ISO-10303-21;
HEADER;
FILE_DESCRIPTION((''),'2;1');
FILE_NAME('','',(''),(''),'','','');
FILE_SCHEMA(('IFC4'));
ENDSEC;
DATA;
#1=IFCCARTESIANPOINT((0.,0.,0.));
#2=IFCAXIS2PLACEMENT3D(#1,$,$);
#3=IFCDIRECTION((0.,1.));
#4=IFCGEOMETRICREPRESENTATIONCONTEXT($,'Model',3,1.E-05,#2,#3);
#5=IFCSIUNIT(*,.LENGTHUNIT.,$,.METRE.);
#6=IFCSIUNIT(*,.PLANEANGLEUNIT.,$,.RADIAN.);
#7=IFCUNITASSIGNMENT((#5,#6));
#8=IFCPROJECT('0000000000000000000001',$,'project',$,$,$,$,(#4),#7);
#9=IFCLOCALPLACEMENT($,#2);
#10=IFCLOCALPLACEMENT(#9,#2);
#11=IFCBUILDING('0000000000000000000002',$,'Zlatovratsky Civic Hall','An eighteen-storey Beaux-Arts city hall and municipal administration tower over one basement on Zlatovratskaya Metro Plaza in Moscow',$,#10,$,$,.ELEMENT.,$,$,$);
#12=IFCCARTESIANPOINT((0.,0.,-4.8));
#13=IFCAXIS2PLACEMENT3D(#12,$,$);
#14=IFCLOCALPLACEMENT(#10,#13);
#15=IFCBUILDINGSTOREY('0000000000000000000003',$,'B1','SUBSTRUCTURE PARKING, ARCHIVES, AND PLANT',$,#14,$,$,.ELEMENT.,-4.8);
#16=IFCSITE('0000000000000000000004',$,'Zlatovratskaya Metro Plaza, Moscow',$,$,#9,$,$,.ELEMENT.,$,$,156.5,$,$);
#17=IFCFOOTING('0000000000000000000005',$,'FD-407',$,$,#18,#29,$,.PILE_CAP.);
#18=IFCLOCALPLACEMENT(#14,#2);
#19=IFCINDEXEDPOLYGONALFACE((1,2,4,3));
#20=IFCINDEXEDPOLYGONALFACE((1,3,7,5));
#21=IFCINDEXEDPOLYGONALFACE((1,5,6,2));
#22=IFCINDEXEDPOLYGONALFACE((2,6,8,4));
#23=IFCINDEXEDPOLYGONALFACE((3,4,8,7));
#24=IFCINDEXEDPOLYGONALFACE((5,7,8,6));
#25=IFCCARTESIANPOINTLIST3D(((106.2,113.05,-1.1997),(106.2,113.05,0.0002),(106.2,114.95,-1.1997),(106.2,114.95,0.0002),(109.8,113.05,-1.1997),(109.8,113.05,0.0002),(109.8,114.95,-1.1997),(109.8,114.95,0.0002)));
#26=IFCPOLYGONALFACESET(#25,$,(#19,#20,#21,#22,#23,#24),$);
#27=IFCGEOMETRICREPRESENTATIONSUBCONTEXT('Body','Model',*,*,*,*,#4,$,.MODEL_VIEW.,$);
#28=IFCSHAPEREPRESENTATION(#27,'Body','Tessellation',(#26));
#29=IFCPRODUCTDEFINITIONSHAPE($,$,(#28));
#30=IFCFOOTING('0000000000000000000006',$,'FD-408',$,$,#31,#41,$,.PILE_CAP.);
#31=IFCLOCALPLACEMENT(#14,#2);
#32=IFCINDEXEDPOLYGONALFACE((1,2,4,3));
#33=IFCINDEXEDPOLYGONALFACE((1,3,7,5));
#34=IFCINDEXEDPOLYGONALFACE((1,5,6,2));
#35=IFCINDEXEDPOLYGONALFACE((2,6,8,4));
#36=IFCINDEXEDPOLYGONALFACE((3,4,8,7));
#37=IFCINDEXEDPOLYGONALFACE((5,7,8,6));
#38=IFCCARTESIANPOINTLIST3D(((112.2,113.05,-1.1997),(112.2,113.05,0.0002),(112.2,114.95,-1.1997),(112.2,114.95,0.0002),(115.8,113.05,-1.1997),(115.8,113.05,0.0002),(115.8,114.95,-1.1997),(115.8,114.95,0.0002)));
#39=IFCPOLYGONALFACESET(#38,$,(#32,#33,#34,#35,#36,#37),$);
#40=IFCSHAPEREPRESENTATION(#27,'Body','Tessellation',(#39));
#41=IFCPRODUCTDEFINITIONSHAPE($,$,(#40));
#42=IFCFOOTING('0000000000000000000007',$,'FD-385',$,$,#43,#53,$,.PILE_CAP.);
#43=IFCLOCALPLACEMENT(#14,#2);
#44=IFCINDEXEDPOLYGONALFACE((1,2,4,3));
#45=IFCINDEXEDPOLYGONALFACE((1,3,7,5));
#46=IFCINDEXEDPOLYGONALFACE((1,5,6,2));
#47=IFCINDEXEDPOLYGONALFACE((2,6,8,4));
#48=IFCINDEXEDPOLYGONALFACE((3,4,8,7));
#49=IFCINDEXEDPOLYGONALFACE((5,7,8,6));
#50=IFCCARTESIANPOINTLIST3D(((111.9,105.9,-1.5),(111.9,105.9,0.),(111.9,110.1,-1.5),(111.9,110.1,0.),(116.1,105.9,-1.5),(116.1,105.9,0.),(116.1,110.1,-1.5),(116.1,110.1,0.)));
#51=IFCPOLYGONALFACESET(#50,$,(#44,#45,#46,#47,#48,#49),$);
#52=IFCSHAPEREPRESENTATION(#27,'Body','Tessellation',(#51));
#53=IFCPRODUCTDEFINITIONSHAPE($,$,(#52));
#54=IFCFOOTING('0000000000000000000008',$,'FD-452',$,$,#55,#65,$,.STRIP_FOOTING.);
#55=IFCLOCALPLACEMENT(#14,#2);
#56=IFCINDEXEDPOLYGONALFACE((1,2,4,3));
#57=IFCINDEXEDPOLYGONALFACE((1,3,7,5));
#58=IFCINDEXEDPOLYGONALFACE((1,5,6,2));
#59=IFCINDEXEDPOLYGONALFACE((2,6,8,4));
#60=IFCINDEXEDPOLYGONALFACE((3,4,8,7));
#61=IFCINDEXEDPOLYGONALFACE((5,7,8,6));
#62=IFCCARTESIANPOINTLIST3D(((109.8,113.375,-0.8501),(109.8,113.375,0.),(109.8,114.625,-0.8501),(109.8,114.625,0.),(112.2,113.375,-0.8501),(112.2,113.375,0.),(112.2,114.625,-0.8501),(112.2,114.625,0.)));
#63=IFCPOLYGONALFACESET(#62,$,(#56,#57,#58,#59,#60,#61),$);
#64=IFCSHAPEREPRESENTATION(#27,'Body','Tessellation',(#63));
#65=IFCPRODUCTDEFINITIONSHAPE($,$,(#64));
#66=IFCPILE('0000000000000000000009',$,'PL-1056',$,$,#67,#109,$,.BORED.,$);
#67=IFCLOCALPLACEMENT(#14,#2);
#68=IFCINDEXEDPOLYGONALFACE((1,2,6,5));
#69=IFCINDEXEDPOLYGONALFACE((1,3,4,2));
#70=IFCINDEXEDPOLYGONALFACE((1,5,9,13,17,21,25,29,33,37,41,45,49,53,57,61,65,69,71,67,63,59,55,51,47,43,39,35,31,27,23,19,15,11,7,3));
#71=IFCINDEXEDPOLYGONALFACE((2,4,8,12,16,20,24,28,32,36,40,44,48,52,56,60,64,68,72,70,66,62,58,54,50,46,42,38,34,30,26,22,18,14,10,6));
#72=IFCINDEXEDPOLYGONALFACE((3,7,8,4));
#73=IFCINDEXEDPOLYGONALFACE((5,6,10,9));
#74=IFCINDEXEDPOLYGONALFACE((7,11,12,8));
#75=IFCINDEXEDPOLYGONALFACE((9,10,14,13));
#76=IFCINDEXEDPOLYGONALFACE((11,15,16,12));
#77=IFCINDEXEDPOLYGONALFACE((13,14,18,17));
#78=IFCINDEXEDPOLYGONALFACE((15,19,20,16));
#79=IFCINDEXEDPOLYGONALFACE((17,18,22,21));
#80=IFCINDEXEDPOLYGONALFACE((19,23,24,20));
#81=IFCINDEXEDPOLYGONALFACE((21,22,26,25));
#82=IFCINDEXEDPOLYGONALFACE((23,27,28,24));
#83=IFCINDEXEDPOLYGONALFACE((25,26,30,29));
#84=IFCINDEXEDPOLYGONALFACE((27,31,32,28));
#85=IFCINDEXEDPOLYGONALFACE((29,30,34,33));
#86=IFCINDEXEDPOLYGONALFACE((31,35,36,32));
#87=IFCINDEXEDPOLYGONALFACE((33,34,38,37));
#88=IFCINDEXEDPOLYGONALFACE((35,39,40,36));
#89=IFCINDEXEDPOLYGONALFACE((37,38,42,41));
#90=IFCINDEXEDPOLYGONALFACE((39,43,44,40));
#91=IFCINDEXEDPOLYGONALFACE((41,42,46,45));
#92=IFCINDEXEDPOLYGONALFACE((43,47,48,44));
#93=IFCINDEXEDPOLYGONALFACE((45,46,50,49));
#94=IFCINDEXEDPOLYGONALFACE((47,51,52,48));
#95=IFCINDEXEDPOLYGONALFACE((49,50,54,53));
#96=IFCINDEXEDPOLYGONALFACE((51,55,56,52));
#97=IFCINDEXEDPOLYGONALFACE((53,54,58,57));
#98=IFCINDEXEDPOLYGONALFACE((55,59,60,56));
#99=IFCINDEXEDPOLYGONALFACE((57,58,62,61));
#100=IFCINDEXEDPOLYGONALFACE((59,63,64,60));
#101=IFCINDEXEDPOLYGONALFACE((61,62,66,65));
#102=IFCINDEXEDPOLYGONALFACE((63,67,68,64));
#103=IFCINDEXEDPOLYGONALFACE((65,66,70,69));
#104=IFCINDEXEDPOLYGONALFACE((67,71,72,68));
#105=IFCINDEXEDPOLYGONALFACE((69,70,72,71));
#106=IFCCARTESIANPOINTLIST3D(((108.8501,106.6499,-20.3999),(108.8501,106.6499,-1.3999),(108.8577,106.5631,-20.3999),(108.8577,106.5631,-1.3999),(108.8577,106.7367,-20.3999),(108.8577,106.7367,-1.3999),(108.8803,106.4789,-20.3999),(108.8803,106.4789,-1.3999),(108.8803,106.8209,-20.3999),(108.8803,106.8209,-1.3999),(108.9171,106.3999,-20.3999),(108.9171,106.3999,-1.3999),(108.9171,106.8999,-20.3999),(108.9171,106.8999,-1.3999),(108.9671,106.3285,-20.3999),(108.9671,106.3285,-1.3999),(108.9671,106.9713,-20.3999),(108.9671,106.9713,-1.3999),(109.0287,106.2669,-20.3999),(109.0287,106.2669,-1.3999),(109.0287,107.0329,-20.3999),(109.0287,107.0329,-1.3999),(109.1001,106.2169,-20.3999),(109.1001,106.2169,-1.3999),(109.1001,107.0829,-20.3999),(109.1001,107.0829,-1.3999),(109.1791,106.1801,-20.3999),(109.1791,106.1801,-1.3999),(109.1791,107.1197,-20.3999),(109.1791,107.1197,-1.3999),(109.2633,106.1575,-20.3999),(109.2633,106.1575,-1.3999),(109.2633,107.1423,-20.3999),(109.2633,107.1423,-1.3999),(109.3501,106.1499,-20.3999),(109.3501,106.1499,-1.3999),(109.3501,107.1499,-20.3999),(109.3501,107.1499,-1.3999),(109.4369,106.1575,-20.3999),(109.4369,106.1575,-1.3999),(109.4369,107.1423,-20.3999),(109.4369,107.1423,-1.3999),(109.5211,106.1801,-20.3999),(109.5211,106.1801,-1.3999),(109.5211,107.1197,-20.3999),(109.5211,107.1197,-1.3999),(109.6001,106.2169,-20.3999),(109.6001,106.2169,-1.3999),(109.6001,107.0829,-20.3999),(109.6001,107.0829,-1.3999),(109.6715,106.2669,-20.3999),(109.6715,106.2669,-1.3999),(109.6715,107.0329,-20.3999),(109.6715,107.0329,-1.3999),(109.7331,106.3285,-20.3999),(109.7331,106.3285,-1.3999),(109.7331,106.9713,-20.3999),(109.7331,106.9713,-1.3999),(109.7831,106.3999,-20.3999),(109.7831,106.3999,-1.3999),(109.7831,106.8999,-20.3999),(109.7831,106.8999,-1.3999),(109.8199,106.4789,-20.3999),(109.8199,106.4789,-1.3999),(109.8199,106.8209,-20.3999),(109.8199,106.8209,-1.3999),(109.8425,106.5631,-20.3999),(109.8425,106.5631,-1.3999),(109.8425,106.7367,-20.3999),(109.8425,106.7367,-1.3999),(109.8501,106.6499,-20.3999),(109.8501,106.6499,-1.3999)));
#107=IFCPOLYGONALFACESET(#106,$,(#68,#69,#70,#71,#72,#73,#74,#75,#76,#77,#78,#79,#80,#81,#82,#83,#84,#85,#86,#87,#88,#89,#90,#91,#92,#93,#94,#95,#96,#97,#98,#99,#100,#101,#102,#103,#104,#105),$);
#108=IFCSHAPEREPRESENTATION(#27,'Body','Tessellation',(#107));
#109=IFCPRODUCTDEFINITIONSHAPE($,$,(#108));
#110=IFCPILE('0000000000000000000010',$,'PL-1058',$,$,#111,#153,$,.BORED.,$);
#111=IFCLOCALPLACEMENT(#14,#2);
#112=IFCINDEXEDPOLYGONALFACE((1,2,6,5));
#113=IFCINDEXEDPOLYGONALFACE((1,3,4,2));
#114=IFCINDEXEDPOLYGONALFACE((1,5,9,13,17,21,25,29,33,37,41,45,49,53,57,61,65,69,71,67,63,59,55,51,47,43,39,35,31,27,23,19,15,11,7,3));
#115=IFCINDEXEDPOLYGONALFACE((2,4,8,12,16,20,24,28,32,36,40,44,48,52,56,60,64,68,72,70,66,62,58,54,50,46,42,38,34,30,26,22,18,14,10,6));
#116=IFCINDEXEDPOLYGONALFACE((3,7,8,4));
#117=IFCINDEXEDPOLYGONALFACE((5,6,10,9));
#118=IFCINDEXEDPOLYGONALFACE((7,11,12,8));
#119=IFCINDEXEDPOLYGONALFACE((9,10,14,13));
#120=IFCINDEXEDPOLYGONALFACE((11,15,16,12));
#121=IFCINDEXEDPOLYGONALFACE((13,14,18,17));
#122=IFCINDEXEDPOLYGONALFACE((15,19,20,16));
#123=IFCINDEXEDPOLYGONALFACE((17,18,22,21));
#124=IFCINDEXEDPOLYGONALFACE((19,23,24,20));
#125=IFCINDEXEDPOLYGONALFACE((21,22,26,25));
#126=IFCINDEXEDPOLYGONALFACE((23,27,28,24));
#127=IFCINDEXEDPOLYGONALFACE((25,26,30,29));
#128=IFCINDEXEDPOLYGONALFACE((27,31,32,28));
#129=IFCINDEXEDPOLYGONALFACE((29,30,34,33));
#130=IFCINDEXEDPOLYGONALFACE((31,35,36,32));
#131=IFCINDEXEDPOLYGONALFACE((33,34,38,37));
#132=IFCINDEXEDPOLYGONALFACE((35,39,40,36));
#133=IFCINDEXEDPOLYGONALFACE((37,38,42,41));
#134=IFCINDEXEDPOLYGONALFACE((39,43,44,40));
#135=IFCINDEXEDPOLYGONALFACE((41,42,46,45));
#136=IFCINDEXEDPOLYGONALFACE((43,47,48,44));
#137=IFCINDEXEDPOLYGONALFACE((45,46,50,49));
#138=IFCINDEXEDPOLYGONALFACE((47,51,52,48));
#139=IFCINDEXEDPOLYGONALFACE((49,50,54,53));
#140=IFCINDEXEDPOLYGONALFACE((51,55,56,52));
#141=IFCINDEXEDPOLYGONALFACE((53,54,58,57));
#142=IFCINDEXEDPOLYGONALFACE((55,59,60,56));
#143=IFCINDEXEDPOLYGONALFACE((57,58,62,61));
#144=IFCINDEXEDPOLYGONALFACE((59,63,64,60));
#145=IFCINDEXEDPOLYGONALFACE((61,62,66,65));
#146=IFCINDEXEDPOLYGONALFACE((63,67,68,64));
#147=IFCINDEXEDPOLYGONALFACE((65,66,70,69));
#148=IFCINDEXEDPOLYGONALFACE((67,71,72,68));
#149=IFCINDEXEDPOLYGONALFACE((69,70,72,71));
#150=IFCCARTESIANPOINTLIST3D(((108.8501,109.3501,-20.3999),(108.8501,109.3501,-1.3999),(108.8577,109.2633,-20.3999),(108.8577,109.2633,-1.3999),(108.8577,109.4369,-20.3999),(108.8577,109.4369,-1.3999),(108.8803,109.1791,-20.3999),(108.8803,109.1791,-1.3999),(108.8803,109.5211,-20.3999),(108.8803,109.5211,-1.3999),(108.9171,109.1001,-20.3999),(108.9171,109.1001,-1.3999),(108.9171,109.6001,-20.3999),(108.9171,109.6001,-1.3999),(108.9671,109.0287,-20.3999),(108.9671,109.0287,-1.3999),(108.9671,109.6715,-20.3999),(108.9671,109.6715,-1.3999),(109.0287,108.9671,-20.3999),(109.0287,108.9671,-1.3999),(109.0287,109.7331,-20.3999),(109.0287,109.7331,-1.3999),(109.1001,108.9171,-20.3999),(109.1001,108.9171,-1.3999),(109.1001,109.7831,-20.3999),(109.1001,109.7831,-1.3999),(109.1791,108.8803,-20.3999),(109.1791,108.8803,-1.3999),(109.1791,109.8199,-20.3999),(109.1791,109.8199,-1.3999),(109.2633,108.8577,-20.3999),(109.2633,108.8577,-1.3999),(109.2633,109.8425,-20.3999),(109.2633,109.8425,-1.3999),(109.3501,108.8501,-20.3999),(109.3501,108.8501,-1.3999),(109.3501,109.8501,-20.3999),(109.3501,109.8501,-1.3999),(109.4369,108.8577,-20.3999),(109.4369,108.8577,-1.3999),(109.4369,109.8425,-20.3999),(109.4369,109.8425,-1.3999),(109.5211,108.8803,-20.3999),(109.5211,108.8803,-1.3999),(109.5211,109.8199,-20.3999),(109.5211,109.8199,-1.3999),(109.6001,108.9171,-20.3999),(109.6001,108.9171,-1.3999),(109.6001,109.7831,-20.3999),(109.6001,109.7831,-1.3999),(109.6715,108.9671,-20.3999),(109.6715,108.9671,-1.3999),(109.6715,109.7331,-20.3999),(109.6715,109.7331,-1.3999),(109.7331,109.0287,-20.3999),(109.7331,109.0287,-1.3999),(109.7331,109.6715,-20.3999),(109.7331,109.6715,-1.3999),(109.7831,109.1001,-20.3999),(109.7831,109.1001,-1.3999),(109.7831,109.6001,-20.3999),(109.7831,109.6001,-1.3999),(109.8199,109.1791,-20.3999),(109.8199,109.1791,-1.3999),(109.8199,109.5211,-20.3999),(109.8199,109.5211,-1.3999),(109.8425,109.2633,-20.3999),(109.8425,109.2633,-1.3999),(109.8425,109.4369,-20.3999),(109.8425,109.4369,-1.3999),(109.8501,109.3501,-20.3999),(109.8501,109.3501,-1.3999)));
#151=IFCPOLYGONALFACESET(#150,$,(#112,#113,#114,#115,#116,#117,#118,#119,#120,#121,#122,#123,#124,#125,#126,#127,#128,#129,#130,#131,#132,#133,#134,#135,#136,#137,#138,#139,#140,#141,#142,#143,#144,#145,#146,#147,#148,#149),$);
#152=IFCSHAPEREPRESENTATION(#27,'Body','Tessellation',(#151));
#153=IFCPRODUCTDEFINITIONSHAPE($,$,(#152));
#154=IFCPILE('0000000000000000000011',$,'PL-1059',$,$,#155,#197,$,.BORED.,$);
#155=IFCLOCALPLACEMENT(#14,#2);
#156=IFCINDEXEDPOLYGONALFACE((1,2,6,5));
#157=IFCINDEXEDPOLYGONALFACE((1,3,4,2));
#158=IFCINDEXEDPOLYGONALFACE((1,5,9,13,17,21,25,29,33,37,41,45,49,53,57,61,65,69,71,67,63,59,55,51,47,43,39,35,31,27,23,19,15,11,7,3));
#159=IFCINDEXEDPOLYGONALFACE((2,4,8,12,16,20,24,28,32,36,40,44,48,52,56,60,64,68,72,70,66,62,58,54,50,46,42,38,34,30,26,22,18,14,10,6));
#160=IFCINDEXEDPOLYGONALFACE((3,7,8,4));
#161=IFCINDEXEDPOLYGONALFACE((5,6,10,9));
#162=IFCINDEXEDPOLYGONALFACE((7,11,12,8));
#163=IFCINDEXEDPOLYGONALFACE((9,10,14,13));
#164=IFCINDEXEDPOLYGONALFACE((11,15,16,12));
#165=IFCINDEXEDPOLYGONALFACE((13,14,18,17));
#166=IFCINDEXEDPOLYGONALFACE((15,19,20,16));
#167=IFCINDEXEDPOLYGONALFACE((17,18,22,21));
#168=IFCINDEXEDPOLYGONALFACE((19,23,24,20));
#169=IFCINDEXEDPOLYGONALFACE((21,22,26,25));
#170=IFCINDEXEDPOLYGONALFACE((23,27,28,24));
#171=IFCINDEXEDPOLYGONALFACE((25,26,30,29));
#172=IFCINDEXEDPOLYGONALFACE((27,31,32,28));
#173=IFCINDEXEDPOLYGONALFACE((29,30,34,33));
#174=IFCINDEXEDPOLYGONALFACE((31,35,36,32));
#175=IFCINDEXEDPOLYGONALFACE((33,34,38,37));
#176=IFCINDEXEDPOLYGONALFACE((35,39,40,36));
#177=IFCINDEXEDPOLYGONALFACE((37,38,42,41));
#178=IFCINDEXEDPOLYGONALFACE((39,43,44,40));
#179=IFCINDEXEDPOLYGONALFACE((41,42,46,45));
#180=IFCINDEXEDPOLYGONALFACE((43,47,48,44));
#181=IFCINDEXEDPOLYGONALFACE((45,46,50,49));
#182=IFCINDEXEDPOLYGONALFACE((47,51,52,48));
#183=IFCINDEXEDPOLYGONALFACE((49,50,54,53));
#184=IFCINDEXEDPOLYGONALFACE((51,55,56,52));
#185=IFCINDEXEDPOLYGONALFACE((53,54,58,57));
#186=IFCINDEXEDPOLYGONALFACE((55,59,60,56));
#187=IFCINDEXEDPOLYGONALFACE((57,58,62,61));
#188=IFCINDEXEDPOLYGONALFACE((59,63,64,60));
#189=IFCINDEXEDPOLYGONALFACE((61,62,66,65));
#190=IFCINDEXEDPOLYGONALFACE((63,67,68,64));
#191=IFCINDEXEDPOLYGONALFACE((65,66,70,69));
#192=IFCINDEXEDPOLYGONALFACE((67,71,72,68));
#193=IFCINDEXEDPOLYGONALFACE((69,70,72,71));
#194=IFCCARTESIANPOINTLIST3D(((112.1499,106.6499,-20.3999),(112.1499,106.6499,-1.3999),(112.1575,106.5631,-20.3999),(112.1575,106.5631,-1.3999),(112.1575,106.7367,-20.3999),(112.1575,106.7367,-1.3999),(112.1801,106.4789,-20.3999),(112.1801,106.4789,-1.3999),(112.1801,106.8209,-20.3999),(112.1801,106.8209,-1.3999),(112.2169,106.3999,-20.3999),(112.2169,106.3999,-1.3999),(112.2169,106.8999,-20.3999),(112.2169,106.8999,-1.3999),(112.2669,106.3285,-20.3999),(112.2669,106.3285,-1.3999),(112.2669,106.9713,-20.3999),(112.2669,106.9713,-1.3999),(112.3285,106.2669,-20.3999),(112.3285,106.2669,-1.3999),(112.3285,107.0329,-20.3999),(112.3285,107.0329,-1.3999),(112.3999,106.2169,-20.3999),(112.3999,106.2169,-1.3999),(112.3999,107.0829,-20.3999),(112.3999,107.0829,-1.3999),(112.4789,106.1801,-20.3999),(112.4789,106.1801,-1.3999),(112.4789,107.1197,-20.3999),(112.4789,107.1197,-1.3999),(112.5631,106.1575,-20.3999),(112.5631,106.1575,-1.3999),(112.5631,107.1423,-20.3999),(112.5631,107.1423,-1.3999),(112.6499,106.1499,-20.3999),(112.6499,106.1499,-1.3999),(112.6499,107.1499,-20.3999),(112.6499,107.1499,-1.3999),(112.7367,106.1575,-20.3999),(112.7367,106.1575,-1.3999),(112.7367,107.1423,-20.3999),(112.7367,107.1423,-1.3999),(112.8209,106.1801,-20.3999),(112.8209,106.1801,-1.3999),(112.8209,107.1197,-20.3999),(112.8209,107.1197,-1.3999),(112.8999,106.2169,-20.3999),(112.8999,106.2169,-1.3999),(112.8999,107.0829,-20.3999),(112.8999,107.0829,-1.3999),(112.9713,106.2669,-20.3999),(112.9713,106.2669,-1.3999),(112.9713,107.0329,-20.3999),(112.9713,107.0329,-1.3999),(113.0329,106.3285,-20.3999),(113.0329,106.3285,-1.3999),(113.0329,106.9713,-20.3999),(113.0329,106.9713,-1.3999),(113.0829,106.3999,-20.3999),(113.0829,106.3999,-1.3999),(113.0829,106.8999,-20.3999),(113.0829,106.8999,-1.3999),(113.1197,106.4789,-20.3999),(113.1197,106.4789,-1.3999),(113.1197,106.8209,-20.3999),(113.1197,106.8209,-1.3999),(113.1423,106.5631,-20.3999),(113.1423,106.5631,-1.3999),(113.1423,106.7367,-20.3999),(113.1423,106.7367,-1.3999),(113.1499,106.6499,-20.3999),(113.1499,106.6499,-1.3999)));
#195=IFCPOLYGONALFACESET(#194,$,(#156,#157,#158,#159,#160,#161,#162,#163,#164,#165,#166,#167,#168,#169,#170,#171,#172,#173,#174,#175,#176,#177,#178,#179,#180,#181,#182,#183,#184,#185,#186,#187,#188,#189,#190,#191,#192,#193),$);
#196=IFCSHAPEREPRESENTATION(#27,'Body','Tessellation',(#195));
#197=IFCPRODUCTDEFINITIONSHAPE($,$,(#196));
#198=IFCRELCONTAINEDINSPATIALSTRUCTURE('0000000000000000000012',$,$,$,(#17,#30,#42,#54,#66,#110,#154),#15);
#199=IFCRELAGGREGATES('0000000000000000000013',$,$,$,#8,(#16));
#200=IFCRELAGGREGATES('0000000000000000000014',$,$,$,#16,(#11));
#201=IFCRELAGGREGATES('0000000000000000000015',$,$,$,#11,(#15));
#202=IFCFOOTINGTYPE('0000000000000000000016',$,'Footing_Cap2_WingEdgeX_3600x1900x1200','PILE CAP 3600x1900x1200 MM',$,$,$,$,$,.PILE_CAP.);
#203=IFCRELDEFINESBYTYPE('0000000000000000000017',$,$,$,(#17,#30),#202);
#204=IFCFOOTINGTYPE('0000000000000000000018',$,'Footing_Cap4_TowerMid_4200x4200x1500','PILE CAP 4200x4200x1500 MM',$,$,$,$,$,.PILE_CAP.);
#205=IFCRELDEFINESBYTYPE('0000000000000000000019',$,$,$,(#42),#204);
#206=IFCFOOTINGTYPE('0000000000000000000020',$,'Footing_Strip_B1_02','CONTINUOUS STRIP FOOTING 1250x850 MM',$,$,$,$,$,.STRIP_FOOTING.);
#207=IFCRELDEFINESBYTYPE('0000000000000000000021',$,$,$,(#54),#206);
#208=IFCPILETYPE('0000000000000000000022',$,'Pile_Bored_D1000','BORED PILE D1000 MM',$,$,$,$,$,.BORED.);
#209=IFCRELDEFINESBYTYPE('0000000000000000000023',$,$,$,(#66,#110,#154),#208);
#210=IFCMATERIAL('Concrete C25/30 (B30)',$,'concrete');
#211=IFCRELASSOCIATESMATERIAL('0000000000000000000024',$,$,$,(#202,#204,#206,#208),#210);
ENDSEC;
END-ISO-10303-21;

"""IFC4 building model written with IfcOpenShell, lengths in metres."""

from ifc_helpers import new_model, si_unit, direction, frame, origin, origin_2d, place, context, subcontext, project, spatial, rectangle, circle, extrude, material, material_profile, profile_set, type_object, element, save


model = new_model("IFC4")

# Units and contexts
model_context = context("Model", 3, precision=1e-05, world=origin(), true_north=direction((0.0, 1.0)))
body_context = subcontext(model_context, "Body", "Model", "MODEL_VIEW")
ifc_project = project(units=[si_unit("LENGTHUNIT", "METRE"), si_unit("PLANEANGLEUNIT", "RADIAN")], contexts=[model_context])

# Site, building, storey
site_placement = place(None, origin())
site = spatial("IfcSite", under=ifc_project, at=site_placement, Name="Zlatovratskaya Metro Plaza, Moscow", CompositionType="ELEMENT", RefElevation=156.5)
building_placement = place(site_placement, origin())
building = spatial("IfcBuilding", under=site, at=building_placement, Name="Zlatovratsky Civic Hall", Description="An eighteen-storey Beaux-Arts city hall and municipal administration tower over one basement on Zlatovratskaya Metro Plaza in Moscow", CompositionType="ELEMENT")
storey_placement = place(building_placement, frame((0.0, 0.0, -4.8)))
storey = spatial("IfcBuildingStorey", under=building, at=storey_placement, Name="B1", Description="SUBSTRUCTURE PARKING, ARCHIVES, AND PLANT", CompositionType="ELEMENT", Elevation=-4.8)

# Footings
ifc_material_1 = material(Name="Concrete C25/30 (B30)", Category="concrete")
footing_type_1 = type_object("IfcFootingType", Name="Footing_Cap2_WingEdgeX_3600x1900x1200", Description="PILE CAP 3600x1900x1200 MM", PredefinedType="PILE_CAP", material=ifc_material_1)
for number, where, z_axis, x_axis, name in (
    (1, (108.0, 114.0, -1.1997), (0.0, 0.0, 1.0), (1.0, 0.0, 0.0), "FD-407"),
    (2, (114.0, 114.0, -1.1997), (0.0, 0.0, 1.0), (1.0, 0.0, 0.0), "FD-408"),
):
    element("IfcFooting", number, at=place(storey_placement, frame(where, z_axis=z_axis, x_axis=x_axis)), inside=storey, type_object=footing_type_1, Name=name, PredefinedType="PILE_CAP", context=body_context, shape_type="SweptSolid", body=[
        extrude(rectangle(XDim=3.6001, YDim=1.8999, at=origin_2d()), origin(), (0.0, 0.0, 1.0), 1.2),
    ])
footing_type_2 = type_object("IfcFootingType", Name="Footing_Cap4_TowerMid_4200x4200x1500", Description="PILE CAP 4200x4200x1500 MM", PredefinedType="PILE_CAP", material=ifc_material_1)
footing_1_placement = place(storey_placement, frame((114.0, 108.0, -1.5), z_axis=(0.0, 0.0, 1.0), x_axis=(1.0, 0.0, 0.0)))
element("IfcFooting", 3, at=footing_1_placement, inside=storey, type_object=footing_type_2, Name="FD-385", PredefinedType="PILE_CAP", context=body_context, shape_type="SweptSolid", body=[
    extrude(rectangle(XDim=4.2, YDim=4.2, at=origin_2d()), origin(), (0.0, 0.0, 1.0), 1.5),
])
footing_type_3 = type_object("IfcFootingType", Name="Footing_Strip_B1_02", Description="CONTINUOUS STRIP FOOTING 1250x850 MM", PredefinedType="STRIP_FOOTING", material=ifc_material_1)
footing_2_placement = place(storey_placement, frame((111.0, 114.0, -0.8501), z_axis=(0.0, 0.0, 1.0), x_axis=(1.0, 0.0, 0.0)))
element("IfcFooting", 4, at=footing_2_placement, inside=storey, type_object=footing_type_3, Name="FD-452", PredefinedType="STRIP_FOOTING", context=body_context, shape_type="SweptSolid", body=[
    extrude(rectangle(XDim=2.3999, YDim=1.25, at=origin_2d()), origin(), (0.0, 0.0, 1.0), 0.8501),
])

# Piles
ifc_material_profile_1 = material_profile(ifc_material_1, circle(Radius=0.5, at=origin_2d()), Name="PILE D1000")
ifc_profile_set_1 = profile_set([ifc_material_profile_1], Name="Concrete C25/30 (B30)")
pile_type_1 = type_object("IfcPileType", Name="Pile_Bored_D1000", Description="BORED PILE D1000 MM", PredefinedType="BORED", material=ifc_profile_set_1)
for number, where, z_axis, x_axis, name in (
    (5, (109.3501, 106.6499, -1.3999), (0.0, 0.0, -1.0), (1.0, 0.0, 0.0), "PL-1056"),
    (6, (109.3501, 109.3501, -1.3999), (0.0, 0.0, -1.0), (1.0, 0.0, 0.0), "PL-1058"),
    (7, (112.6499, 106.6499, -1.3999), (0.0, 0.0, -1.0), (1.0, 0.0, 0.0), "PL-1059"),
):
    element("IfcPile", number, at=place(storey_placement, frame(where, z_axis=z_axis, x_axis=x_axis)), inside=storey, type_object=pile_type_1, Name=name, PredefinedType="BORED", context=body_context, shape_type="SweptSolid", body=[
        extrude(circle(Radius=0.5, at=origin_2d()), origin(), (0.0, 0.0, 1.0), 19.0),
    ])

save(model, "model.ifc")
